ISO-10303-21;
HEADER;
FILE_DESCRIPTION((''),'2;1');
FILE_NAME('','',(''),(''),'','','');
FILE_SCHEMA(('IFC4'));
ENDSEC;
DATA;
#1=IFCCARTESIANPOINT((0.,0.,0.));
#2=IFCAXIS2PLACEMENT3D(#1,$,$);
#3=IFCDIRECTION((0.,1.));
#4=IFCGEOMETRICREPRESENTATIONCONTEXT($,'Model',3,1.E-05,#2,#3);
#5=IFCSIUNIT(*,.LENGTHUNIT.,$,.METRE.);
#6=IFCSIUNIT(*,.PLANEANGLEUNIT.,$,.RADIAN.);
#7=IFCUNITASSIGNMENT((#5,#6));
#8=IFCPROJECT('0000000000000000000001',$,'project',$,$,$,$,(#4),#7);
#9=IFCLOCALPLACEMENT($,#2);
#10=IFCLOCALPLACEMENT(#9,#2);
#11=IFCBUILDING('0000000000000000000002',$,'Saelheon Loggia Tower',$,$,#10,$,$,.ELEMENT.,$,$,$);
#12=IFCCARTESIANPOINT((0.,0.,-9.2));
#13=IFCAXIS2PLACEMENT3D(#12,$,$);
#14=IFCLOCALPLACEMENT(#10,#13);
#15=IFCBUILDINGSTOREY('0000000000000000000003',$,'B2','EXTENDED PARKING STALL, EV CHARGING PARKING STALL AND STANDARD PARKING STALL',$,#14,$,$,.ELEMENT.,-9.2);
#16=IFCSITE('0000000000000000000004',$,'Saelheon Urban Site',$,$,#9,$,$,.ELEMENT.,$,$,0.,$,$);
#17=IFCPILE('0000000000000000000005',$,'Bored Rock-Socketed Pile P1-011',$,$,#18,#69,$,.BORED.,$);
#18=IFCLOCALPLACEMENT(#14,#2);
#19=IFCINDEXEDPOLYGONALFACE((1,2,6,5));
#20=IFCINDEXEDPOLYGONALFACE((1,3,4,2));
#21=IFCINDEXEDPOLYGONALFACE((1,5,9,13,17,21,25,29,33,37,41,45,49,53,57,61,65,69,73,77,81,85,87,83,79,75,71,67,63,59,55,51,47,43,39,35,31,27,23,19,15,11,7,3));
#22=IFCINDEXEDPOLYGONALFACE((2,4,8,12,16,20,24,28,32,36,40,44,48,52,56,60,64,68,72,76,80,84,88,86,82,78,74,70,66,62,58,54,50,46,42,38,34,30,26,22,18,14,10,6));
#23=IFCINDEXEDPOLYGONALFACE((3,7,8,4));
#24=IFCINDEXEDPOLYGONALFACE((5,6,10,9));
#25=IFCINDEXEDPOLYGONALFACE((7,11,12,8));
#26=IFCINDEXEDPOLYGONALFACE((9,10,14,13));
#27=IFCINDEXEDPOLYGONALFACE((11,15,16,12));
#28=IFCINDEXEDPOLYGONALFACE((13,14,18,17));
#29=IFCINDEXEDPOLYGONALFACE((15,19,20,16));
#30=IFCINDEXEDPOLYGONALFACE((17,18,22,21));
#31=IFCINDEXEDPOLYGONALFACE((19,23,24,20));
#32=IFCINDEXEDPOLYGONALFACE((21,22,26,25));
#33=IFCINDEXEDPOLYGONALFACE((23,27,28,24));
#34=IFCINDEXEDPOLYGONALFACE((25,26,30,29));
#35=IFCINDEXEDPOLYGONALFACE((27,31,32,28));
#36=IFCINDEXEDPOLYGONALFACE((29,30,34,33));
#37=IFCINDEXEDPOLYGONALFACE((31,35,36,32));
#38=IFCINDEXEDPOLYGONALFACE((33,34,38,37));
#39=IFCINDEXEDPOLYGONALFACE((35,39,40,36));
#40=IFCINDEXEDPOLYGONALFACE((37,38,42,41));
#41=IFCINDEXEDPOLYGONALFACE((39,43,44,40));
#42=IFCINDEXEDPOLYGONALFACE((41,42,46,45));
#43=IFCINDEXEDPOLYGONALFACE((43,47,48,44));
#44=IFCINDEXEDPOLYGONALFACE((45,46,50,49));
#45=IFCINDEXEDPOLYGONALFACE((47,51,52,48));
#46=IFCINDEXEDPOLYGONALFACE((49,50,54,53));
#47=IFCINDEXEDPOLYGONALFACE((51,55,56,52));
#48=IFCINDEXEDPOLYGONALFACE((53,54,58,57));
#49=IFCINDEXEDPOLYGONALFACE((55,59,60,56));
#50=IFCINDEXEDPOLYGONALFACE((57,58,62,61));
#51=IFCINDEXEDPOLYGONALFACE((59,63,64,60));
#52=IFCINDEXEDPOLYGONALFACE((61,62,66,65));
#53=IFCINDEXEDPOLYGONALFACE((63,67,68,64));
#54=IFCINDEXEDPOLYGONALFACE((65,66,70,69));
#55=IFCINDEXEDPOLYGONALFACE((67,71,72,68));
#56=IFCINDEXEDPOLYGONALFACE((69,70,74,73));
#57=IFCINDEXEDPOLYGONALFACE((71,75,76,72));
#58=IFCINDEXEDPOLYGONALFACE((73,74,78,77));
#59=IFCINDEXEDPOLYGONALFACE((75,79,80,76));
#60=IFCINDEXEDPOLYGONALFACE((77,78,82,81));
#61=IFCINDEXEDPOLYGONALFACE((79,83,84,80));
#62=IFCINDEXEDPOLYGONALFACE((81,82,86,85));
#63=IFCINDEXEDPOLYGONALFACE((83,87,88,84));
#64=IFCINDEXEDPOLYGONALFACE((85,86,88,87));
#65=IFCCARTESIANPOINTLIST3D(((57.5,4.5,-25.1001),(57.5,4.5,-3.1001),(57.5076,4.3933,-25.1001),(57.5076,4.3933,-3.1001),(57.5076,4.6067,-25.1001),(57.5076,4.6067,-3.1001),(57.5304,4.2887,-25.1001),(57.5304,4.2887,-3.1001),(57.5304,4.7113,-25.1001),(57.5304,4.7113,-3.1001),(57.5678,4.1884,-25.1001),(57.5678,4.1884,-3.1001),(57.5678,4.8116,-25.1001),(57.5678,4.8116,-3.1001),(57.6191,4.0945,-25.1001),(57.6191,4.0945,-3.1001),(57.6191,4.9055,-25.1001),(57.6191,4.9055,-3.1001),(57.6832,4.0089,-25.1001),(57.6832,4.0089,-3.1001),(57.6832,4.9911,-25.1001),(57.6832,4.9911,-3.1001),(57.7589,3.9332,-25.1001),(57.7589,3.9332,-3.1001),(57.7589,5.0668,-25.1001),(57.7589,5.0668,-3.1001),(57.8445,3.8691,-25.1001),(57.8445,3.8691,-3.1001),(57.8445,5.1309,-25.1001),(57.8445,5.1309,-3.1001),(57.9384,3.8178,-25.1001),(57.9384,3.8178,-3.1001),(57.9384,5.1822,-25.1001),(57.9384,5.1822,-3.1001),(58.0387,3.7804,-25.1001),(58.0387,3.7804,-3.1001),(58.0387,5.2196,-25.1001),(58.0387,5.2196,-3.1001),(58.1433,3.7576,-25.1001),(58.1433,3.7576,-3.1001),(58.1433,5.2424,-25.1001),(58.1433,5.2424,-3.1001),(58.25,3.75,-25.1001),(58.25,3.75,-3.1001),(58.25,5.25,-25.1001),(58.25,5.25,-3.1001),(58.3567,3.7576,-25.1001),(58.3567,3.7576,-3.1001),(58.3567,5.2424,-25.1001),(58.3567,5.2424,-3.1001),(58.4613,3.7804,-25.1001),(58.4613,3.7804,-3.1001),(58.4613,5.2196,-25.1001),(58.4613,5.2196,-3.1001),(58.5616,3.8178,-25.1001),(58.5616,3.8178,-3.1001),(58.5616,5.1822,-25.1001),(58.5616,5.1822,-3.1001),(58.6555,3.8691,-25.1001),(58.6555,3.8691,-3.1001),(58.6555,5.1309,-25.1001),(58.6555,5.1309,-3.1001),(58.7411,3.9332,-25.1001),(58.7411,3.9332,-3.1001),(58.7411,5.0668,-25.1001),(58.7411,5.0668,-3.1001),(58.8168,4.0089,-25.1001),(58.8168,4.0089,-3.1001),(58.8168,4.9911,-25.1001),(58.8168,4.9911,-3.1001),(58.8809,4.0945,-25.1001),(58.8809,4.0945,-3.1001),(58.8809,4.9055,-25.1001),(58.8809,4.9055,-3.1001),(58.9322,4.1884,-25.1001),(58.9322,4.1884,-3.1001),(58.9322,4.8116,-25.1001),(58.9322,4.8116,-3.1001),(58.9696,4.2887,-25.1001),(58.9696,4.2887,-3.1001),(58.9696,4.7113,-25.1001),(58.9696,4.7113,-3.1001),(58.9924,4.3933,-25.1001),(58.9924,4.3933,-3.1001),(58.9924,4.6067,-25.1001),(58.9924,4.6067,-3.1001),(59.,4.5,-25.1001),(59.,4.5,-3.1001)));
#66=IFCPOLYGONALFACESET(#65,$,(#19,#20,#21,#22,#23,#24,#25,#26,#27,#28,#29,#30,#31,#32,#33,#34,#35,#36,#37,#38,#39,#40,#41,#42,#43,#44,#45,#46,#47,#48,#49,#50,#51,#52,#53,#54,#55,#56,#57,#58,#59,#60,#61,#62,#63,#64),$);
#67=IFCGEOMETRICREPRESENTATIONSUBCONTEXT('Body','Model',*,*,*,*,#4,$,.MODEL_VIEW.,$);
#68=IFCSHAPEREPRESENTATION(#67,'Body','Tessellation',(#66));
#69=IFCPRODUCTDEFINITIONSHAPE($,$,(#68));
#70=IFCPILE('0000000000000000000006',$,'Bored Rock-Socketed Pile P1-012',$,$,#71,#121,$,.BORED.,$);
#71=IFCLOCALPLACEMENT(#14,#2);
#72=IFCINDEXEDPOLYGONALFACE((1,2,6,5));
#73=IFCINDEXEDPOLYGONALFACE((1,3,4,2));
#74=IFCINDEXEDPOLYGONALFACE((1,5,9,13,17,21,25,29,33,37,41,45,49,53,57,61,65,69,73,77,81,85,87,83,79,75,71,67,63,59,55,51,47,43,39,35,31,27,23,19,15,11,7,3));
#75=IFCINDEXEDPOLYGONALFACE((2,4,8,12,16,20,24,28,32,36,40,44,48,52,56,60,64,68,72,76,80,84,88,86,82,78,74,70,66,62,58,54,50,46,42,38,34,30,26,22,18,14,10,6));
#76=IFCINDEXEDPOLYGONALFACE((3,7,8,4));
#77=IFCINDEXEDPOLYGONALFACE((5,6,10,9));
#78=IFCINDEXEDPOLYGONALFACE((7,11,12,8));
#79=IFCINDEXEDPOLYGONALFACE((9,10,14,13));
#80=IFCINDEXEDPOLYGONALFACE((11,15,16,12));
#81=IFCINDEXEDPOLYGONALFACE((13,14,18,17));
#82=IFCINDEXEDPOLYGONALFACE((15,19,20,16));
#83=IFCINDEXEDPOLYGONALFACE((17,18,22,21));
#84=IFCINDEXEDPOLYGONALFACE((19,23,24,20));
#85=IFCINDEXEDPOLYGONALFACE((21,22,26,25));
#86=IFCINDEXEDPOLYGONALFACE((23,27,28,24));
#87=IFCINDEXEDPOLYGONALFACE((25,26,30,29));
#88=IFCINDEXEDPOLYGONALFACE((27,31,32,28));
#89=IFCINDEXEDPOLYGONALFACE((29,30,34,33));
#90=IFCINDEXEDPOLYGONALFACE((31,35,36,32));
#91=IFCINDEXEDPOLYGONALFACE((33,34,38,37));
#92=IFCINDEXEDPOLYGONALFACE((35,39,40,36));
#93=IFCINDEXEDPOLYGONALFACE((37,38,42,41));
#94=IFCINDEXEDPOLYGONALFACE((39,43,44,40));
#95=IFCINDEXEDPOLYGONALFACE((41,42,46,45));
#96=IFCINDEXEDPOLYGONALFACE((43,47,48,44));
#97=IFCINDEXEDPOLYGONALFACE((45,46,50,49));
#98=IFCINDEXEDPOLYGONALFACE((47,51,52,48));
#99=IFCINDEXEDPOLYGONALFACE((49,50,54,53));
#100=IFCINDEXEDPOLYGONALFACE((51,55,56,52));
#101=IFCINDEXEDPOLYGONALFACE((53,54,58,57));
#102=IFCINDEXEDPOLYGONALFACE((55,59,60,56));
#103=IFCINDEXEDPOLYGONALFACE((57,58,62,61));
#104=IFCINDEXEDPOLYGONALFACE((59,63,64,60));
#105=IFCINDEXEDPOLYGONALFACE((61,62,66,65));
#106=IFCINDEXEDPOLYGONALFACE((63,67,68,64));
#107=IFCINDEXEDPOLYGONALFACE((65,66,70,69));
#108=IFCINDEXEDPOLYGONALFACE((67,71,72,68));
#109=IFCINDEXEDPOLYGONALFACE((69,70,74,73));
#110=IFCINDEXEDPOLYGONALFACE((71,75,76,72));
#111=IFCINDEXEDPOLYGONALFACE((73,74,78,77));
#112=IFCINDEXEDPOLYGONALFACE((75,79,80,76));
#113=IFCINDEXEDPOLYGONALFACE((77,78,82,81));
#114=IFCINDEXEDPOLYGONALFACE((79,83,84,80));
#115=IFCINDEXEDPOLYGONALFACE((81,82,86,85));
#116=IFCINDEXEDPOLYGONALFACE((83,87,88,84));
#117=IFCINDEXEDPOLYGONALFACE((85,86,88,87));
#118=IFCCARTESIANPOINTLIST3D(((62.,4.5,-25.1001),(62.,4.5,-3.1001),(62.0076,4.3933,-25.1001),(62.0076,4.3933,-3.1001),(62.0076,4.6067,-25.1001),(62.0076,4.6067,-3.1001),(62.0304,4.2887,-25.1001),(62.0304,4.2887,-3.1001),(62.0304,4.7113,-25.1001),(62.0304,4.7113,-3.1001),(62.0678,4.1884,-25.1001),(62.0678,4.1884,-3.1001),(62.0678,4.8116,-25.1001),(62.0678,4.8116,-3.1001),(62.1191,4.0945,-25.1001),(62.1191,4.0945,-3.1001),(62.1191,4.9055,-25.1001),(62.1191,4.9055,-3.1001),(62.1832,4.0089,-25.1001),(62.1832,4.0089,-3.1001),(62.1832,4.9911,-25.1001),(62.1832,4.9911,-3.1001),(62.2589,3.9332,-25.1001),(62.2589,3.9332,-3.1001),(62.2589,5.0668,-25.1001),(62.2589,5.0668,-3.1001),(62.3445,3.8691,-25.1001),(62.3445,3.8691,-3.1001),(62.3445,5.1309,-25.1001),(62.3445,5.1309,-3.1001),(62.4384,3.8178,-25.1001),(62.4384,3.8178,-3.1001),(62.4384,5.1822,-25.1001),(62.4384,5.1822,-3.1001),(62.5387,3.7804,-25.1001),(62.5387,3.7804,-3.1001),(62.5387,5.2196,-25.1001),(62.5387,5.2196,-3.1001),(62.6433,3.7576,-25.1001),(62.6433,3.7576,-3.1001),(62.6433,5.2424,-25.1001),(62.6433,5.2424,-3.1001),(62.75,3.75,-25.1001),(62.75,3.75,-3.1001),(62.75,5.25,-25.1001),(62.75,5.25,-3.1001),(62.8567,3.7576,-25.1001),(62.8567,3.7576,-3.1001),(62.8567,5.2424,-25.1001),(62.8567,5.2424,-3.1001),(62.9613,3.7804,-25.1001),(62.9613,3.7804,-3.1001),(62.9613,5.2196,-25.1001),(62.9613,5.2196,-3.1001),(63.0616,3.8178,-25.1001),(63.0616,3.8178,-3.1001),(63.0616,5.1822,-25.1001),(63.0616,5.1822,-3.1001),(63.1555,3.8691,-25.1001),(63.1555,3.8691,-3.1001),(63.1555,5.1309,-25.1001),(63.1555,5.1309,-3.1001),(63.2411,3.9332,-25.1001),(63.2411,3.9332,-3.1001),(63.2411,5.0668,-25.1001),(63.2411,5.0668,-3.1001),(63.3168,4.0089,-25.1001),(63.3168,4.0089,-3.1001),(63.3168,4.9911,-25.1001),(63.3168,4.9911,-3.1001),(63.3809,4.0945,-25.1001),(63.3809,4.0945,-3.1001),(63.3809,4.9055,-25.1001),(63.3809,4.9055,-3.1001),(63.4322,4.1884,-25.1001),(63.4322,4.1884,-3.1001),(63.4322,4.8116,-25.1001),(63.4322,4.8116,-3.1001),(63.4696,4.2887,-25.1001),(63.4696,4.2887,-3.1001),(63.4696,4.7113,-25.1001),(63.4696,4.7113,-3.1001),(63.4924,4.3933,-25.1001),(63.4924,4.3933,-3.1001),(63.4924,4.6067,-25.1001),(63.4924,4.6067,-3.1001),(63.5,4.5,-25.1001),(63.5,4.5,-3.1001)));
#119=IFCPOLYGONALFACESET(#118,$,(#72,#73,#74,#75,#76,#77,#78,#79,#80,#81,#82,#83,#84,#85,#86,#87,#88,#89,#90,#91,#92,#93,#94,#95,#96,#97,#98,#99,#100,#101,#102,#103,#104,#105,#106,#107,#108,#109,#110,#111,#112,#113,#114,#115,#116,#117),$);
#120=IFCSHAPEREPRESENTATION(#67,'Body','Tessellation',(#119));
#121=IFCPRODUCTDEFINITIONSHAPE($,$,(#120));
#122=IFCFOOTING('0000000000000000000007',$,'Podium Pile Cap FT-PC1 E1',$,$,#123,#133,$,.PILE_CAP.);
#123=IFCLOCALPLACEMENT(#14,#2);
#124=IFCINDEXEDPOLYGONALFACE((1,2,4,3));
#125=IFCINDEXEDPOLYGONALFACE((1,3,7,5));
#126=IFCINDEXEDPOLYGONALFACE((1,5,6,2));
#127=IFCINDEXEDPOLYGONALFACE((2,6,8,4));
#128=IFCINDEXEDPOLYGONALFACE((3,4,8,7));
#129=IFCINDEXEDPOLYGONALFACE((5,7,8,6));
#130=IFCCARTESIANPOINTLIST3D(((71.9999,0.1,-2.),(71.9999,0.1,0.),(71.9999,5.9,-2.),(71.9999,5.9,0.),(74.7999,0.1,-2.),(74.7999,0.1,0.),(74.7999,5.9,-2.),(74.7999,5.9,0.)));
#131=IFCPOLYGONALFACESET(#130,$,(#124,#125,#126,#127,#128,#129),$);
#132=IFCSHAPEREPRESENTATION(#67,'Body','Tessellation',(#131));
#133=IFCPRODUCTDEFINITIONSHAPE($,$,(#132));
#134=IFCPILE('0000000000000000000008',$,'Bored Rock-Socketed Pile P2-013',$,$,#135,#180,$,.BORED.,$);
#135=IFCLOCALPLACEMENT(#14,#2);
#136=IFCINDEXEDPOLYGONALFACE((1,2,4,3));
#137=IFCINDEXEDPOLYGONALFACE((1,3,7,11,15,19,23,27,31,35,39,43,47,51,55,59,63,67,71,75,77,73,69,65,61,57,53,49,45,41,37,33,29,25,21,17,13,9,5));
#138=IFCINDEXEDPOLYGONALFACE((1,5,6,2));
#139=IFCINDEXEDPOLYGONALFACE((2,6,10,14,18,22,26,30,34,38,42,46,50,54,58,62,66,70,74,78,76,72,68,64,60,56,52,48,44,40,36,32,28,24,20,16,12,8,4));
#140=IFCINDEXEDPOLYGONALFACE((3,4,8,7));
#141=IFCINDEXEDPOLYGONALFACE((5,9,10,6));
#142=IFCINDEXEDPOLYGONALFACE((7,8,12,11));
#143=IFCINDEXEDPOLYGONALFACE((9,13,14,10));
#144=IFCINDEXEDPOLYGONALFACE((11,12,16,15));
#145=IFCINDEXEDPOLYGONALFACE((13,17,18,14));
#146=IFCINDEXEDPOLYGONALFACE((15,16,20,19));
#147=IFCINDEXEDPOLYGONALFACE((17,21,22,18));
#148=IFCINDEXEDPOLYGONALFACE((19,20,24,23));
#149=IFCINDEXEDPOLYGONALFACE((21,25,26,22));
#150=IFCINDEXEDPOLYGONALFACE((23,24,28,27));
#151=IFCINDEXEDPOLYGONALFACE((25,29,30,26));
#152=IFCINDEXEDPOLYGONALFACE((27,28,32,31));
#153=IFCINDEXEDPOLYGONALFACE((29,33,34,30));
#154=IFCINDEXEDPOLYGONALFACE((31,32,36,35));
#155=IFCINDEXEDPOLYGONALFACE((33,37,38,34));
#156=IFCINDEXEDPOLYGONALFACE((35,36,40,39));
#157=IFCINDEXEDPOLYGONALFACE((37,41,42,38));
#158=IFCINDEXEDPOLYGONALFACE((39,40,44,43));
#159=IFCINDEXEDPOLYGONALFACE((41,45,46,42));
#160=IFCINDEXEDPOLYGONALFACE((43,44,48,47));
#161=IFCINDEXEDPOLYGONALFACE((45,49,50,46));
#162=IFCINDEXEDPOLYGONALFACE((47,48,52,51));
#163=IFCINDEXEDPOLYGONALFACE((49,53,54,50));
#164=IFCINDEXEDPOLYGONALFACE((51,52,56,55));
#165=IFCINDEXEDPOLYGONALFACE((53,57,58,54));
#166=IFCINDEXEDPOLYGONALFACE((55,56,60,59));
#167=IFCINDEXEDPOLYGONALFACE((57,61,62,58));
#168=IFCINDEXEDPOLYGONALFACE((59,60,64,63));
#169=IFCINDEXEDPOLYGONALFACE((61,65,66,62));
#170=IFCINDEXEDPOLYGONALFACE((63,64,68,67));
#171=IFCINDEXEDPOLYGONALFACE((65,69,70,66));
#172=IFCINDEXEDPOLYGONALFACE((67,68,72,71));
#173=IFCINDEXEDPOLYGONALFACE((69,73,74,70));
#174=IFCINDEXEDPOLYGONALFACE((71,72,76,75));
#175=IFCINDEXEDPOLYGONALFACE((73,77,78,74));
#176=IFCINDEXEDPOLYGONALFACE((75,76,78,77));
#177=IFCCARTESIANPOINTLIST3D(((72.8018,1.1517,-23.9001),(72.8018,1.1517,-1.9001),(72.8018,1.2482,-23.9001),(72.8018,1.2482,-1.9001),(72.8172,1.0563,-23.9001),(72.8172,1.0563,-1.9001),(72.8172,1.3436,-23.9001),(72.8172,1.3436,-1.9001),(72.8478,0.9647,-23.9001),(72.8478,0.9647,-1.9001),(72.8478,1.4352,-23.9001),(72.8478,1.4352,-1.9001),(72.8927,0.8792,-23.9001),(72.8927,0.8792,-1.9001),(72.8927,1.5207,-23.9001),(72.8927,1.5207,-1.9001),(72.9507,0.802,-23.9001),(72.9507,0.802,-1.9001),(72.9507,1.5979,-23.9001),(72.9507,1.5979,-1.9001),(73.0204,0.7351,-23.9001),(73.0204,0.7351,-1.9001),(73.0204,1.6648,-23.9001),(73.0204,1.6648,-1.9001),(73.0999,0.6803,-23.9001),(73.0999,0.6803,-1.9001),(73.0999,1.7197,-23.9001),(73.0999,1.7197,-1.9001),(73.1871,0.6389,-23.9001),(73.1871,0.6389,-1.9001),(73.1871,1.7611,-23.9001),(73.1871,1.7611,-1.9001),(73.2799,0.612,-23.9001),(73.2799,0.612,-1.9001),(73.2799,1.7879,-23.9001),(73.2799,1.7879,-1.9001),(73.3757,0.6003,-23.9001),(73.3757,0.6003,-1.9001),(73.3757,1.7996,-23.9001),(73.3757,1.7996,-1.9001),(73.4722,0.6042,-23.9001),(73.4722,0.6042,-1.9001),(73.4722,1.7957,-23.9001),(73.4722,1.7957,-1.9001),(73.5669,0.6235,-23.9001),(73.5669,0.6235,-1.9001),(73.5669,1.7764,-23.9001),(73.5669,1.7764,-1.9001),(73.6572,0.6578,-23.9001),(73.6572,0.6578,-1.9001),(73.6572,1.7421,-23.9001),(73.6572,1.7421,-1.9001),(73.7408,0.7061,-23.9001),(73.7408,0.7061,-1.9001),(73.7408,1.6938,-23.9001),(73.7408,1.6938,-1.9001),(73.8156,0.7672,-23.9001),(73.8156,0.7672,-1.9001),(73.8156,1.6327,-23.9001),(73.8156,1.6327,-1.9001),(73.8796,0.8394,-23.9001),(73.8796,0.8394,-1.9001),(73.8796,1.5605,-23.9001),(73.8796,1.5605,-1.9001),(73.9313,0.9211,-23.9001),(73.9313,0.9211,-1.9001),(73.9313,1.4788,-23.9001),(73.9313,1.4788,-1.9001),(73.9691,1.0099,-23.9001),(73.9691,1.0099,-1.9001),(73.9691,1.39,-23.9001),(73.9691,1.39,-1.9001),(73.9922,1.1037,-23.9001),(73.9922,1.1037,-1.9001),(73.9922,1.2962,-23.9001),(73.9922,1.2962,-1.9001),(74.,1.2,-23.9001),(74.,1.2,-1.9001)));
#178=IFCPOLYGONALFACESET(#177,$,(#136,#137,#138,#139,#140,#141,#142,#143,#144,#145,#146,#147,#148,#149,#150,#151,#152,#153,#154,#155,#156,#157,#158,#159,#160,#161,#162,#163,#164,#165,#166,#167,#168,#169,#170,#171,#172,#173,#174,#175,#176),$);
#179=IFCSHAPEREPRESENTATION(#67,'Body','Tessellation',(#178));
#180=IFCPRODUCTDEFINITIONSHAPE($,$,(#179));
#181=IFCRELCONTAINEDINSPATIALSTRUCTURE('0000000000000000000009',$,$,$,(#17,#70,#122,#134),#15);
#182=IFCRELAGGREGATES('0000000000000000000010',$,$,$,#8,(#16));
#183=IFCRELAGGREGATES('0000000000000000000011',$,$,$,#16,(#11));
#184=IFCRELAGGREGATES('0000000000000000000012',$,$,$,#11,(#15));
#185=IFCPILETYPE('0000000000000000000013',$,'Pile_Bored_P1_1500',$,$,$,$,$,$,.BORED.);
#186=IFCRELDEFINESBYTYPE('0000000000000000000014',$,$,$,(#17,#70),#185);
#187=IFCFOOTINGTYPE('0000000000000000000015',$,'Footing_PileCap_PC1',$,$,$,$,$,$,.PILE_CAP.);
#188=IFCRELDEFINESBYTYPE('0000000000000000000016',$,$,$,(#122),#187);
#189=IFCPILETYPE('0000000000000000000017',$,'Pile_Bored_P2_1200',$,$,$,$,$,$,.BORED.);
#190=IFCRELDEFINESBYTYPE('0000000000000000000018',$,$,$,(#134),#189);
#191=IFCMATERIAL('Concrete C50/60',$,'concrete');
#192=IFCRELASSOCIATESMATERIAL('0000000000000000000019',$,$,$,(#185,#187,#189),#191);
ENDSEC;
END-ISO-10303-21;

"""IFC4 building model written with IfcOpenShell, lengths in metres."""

from ifc_helpers import new_model, si_unit, direction, frame, origin, origin_2d, place, context, subcontext, project, spatial, rectangle, circle, extrude, source, transform, mapped, material, material_profile, profile_set, type_object, element, save


model = new_model("IFC4")

# Units and contexts
model_context = context("Model", 3, precision=1e-05, world=origin(), true_north=direction((0.0, 1.0)))
body_context = subcontext(model_context, "Body", "Model", "MODEL_VIEW")
ifc_project = project(units=[si_unit("LENGTHUNIT", "METRE"), si_unit("PLANEANGLEUNIT", "RADIAN")], contexts=[model_context])

# Site, building, storey
site_placement = place(None, origin())
site = spatial("IfcSite", under=ifc_project, at=site_placement, Name="Saelheon Urban Site", CompositionType="ELEMENT", RefElevation=0.0)
building_placement = place(site_placement, origin())
building = spatial("IfcBuilding", under=site, at=building_placement, Name="Saelheon Loggia Tower", CompositionType="ELEMENT")
storey_placement = place(building_placement, frame((0.0, 0.0, -9.2)))
storey = spatial("IfcBuildingStorey", under=building, at=storey_placement, Name="B2", Description="EXTENDED PARKING STALL, EV CHARGING PARKING STALL AND STANDARD PARKING STALL", CompositionType="ELEMENT", Elevation=-9.2)

# Piles
ifc_material_1 = material(Name="Concrete C50/60", Category="concrete")
ifc_material_profile_1 = material_profile(ifc_material_1, circle(Radius=0.75, at=origin_2d()), Name="CIRC-1500")
ifc_profile_set_1 = profile_set([ifc_material_profile_1], Name="Concrete C50/60")
pile_type_1 = type_object("IfcPileType", Name="Pile_Bored_P1_1500", PredefinedType="BORED", material=ifc_profile_set_1)
shared_shape_1 = source(origin(), body_context, "Body", "SweptSolid", [
    extrude(circle(Radius=0.75, at=origin_2d()), origin(), (0.0, 0.0, 1.0), 22.0),
])
for number, where, z_axis, x_axis, name in (
    (1, (58.25, 4.5, -3.1001), (0.0, 0.0, -1.0), (1.0, 0.0, 0.0), "Bored Rock-Socketed Pile P1-011"),
    (2, (62.75, 4.5, -3.1001), (0.0, 0.0, -1.0), (1.0, 0.0, 0.0), "Bored Rock-Socketed Pile P1-012"),
):
    element("IfcPile", number, at=place(storey_placement, frame(where, z_axis=z_axis, x_axis=x_axis)), inside=storey, type_object=pile_type_1, Name=name, PredefinedType="BORED", context=body_context, shape_type="MappedRepresentation", body=[
        mapped(shared_shape_1, transform((0.0, 0.0, 0.0), scale=1.0)),
    ])

# Footing
footing_type_1 = type_object("IfcFootingType", Name="Footing_PileCap_PC1", PredefinedType="PILE_CAP", material=ifc_material_1)
shared_shape_2 = source(origin(), body_context, "Body", "SweptSolid", [
    extrude(rectangle(XDim=2.8, YDim=5.8, at=origin_2d()), origin(), (0.0, 0.0, 1.0), 2.0),
])
footing_1_placement = place(storey_placement, frame((73.3999, 3.0, -2.0), z_axis=(0.0, 0.0, 1.0), x_axis=(1.0, 0.0, 0.0)))
element("IfcFooting", 3, at=footing_1_placement, inside=storey, type_object=footing_type_1, Name="Podium Pile Cap FT-PC1 E1", PredefinedType="PILE_CAP", context=body_context, shape_type="MappedRepresentation", body=[
    mapped(shared_shape_2, transform((0.0, 0.0, 0.0), scale=1.0)),
])

# Pile
ifc_material_profile_2 = material_profile(ifc_material_1, circle(Radius=0.6001, at=origin_2d()), Name="CIRC-1200")
ifc_profile_set_2 = profile_set([ifc_material_profile_2], Name="Concrete C50/60")
pile_type_2 = type_object("IfcPileType", Name="Pile_Bored_P2_1200", PredefinedType="BORED", material=ifc_profile_set_2)
shared_shape_3 = source(origin(), body_context, "Body", "SweptSolid", [
    extrude(circle(Radius=0.6001, at=origin_2d()), origin(), (0.0, 0.0, 1.0), 22.0),
])
for number, where, z_axis, x_axis, name in (
    (4, (73.3999, 1.2, -1.9001), (0.0, 0.0, -1.0), (1.0, 0.0, 0.0), "Bored Rock-Socketed Pile P2-013"),
):
    element("IfcPile", number, at=place(storey_placement, frame(where, z_axis=z_axis, x_axis=x_axis)), inside=storey, type_object=pile_type_2, Name=name, PredefinedType="BORED", context=body_context, shape_type="MappedRepresentation", body=[
        mapped(shared_shape_3, transform((0.0, 0.0, 0.0), scale=1.0)),
    ])

save(model, "model.ifc")
